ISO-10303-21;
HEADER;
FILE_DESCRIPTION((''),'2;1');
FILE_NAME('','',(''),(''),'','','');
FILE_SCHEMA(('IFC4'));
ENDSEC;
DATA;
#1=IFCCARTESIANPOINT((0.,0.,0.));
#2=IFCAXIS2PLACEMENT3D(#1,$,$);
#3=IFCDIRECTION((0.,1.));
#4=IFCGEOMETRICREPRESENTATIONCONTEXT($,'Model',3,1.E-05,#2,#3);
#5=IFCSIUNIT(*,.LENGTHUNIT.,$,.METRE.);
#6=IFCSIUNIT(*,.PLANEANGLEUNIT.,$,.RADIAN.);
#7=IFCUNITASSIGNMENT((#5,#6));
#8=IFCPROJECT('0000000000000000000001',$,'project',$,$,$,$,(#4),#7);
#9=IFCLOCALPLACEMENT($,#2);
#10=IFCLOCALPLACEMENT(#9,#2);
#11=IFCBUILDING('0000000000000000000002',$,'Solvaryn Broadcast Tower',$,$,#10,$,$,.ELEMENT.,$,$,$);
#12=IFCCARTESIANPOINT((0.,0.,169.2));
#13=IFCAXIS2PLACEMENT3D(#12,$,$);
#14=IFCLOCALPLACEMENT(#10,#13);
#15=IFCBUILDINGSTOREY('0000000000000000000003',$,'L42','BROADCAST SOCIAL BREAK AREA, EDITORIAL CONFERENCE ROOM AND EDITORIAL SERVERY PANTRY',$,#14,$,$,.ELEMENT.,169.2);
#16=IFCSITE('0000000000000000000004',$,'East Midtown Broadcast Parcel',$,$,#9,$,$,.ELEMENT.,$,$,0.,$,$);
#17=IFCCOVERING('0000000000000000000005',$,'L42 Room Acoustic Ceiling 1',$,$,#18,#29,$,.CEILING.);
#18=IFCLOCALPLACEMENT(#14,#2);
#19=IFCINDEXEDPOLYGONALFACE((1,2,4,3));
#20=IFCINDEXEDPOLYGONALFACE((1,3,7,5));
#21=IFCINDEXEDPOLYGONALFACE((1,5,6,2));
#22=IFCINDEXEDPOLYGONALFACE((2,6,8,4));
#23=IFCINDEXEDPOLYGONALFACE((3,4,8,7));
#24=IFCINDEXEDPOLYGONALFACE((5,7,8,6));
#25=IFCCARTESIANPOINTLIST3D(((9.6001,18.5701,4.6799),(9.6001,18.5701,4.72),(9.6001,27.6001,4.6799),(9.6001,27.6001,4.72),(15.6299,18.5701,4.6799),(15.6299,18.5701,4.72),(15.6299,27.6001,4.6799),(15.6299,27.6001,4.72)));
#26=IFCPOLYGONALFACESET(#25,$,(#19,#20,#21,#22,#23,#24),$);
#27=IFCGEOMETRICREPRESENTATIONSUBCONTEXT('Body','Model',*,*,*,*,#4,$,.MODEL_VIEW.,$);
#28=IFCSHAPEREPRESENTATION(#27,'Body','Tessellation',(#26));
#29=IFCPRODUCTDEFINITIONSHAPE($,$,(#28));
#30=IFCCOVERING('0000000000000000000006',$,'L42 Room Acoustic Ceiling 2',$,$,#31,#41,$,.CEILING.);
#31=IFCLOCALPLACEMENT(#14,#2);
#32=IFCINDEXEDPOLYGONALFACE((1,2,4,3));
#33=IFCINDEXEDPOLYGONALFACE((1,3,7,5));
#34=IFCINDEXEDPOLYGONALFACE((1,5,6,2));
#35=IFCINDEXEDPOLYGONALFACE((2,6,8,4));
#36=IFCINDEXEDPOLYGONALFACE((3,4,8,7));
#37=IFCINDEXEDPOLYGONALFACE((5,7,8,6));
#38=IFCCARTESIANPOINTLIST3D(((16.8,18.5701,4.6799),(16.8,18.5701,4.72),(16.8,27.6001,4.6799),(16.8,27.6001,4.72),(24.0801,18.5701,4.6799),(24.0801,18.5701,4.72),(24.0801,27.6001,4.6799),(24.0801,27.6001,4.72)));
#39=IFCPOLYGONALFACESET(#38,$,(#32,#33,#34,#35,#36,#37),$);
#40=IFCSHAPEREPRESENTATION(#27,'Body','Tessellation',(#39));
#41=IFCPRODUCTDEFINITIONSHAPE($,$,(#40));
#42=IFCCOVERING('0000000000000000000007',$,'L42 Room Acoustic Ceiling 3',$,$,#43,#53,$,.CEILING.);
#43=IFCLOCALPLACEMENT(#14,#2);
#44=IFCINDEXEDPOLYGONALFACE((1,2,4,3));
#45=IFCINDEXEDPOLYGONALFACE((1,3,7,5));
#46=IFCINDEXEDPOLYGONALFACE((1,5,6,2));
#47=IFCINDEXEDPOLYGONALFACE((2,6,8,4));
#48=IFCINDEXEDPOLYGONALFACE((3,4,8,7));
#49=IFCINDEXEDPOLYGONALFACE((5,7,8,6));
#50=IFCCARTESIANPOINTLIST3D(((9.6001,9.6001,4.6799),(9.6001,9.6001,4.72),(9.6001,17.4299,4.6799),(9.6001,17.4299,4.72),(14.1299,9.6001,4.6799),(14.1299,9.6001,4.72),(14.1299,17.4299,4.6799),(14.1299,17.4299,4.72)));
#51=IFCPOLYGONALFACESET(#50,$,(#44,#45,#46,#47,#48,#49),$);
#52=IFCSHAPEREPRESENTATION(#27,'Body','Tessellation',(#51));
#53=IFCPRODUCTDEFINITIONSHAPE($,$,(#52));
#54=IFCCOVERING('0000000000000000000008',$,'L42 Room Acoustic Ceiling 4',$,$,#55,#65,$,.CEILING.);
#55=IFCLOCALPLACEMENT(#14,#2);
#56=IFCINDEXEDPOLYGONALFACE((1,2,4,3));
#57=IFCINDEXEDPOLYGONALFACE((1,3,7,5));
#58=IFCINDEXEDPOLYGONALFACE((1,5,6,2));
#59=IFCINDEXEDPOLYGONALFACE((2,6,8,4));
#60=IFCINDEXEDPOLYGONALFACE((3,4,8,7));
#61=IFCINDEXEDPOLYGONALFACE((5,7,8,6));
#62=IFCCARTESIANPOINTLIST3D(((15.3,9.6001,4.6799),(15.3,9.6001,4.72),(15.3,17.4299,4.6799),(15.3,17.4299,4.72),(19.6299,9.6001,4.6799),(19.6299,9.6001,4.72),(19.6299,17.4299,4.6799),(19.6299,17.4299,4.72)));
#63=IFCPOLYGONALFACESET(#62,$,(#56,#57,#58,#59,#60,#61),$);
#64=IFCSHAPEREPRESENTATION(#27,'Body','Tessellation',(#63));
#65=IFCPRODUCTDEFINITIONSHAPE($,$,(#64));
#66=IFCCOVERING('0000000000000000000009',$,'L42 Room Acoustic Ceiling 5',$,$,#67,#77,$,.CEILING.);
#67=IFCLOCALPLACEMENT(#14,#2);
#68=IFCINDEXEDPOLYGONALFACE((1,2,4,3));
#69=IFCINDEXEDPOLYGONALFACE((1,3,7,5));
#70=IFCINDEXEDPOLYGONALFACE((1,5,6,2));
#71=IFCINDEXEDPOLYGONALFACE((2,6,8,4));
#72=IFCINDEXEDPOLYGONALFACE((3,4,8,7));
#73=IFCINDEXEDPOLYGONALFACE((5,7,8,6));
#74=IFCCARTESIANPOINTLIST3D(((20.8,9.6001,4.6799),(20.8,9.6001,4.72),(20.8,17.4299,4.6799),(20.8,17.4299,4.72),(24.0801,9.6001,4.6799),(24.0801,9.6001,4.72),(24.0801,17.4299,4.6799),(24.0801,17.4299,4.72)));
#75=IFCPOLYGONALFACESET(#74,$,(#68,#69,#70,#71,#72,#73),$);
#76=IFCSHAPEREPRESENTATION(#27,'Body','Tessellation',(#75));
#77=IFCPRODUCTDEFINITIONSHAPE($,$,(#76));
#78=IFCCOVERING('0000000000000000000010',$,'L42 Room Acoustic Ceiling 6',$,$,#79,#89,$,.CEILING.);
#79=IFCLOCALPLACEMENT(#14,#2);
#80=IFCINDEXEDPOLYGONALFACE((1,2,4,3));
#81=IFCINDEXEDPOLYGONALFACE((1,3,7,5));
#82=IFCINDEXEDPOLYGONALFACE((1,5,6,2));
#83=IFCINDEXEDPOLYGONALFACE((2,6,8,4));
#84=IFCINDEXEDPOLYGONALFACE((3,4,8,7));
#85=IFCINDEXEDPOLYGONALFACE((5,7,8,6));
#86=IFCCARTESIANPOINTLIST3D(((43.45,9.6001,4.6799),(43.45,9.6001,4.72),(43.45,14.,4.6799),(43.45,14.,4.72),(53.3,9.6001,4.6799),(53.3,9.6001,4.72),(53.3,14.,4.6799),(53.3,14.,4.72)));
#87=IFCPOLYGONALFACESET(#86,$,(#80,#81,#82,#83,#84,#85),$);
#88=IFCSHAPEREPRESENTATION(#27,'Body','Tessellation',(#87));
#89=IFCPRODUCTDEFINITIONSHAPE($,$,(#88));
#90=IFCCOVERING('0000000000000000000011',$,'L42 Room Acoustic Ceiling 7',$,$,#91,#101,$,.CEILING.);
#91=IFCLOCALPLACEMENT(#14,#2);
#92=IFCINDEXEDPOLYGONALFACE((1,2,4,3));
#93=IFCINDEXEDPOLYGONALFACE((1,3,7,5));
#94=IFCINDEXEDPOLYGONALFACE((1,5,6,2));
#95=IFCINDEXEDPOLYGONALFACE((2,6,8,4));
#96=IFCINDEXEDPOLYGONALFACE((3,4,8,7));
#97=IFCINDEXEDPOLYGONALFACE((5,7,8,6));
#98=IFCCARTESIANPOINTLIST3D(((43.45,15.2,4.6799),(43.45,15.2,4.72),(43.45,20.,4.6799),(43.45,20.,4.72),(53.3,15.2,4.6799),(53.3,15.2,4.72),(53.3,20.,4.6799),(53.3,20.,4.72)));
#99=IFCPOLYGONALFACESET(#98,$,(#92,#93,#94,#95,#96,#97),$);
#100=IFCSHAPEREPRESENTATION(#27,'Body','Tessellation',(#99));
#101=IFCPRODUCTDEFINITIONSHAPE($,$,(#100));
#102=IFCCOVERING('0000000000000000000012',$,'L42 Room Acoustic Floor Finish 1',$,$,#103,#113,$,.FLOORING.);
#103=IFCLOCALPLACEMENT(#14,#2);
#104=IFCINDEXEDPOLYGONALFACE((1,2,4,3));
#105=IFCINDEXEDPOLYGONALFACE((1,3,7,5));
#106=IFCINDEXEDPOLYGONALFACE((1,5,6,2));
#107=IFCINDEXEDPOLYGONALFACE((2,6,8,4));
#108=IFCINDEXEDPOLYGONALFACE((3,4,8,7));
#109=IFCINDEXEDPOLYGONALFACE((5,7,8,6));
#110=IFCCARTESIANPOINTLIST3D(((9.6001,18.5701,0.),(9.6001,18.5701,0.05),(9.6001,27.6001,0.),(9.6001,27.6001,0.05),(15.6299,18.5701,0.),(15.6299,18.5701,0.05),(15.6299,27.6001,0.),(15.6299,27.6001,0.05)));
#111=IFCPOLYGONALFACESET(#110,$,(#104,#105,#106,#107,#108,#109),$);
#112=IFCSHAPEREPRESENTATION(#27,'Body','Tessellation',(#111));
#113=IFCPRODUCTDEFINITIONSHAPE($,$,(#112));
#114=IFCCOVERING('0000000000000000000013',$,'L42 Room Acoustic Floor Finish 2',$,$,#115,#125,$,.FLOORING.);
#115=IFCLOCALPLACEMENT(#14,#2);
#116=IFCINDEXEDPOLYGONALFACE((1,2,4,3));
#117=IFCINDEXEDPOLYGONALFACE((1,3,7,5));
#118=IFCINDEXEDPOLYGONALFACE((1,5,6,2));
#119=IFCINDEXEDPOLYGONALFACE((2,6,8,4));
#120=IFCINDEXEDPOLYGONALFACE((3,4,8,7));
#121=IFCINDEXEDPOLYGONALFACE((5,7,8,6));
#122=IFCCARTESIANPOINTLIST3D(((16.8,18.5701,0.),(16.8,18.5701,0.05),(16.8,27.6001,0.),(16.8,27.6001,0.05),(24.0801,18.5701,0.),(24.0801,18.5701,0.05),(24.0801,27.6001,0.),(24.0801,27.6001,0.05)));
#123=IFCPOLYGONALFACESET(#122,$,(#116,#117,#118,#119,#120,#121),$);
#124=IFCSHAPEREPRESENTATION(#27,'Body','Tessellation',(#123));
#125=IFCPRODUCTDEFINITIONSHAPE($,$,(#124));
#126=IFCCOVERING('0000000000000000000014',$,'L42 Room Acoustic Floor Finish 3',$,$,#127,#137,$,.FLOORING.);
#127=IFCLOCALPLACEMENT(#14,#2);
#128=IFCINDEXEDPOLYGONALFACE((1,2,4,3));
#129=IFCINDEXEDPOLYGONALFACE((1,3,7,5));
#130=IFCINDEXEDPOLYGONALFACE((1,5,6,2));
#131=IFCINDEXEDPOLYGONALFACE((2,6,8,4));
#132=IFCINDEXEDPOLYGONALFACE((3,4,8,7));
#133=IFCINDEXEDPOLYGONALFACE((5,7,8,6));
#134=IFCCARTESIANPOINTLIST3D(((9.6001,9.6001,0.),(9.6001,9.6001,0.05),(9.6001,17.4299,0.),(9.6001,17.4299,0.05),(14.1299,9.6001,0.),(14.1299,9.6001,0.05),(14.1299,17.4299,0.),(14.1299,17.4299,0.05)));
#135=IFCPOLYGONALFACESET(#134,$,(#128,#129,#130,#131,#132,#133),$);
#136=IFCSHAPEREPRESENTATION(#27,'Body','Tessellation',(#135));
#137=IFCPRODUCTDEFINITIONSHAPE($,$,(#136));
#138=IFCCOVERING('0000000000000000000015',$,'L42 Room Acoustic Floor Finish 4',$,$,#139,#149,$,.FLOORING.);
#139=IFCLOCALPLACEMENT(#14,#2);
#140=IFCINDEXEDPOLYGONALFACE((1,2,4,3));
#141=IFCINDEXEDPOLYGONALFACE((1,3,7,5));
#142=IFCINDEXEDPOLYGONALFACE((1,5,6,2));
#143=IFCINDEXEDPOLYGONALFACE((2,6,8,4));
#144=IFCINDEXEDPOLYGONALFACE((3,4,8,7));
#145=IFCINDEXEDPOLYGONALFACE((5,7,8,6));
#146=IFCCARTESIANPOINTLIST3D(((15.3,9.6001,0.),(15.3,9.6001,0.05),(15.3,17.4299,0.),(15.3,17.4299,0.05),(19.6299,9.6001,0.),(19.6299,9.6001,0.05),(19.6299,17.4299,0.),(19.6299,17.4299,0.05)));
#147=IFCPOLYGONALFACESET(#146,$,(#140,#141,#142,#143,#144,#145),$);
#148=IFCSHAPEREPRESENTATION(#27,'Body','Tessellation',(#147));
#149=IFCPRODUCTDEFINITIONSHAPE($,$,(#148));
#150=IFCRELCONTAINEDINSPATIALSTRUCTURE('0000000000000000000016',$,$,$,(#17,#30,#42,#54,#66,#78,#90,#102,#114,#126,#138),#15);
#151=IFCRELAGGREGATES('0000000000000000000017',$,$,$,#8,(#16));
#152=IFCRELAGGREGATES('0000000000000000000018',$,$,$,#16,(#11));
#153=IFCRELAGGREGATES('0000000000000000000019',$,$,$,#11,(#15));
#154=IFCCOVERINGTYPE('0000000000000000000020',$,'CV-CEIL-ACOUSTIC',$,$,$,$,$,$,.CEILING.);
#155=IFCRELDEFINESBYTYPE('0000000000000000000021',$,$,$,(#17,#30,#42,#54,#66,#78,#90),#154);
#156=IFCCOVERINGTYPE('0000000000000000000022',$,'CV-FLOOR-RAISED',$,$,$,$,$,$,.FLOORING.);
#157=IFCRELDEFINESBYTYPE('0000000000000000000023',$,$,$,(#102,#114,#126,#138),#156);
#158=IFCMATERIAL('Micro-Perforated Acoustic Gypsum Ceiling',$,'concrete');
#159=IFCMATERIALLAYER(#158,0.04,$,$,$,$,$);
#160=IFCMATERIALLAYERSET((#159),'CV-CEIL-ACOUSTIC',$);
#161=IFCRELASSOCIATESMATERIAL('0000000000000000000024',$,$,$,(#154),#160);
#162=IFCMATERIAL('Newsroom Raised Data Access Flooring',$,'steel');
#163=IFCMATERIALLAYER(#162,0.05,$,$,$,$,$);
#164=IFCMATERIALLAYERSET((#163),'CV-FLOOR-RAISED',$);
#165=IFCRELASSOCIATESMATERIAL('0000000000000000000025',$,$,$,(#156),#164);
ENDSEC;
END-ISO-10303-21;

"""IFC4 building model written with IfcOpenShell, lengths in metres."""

from ifc_helpers import new_model, si_unit, direction, frame, origin, place, context, subcontext, project, spatial, polyline, outline, extrude, material, layer, layer_set, type_object, element, save


model = new_model("IFC4")

# Units and contexts
model_context = context("Model", 3, precision=1e-05, world=origin(), true_north=direction((0.0, 1.0)))
body_context = subcontext(model_context, "Body", "Model", "MODEL_VIEW")
ifc_project = project(units=[si_unit("LENGTHUNIT", "METRE"), si_unit("PLANEANGLEUNIT", "RADIAN")], contexts=[model_context])

# Site, building, storey
site_placement = place(None, origin())
site = spatial("IfcSite", under=ifc_project, at=site_placement, Name="East Midtown Broadcast Parcel", CompositionType="ELEMENT", RefElevation=0.0)
building_placement = place(site_placement, origin())
building = spatial("IfcBuilding", under=site, at=building_placement, Name="Solvaryn Broadcast Tower", CompositionType="ELEMENT")
storey_placement = place(building_placement, frame((0.0, 0.0, 169.2)))
storey = spatial("IfcBuildingStorey", under=building, at=storey_placement, Name="L42", Description="BROADCAST SOCIAL BREAK AREA, EDITORIAL CONFERENCE ROOM AND EDITORIAL SERVERY PANTRY", CompositionType="ELEMENT", Elevation=169.2)

# Coverings
ifc_material_1 = material(Name="Micro-Perforated Acoustic Gypsum Ceiling", Category="concrete")
ifc_layer_1 = layer(ifc_material_1, 0.04)
ifc_layer_set_1 = layer_set([ifc_layer_1], Name="CV-CEIL-ACOUSTIC")
covering_type_1 = type_object("IfcCoveringType", Name="CV-CEIL-ACOUSTIC", PredefinedType="CEILING", material=ifc_layer_set_1)
covering_1_placement = place(storey_placement, frame((0.0, 0.0, 4.6799)))
element("IfcCovering", 1, at=covering_1_placement, inside=storey, type_object=covering_type_1, Name="L42 Room Acoustic Ceiling 1", PredefinedType="CEILING", context=body_context, shape_type="SweptSolid", body=[
    extrude(outline(polyline([(9.6001, 18.5701), (15.6299, 18.5701), (15.6299, 27.6001), (9.6001, 27.6001), (9.6001, 18.5701)])), origin(), (0.0, 0.0, 1.0), 0.04),
])
covering_2_placement = place(storey_placement, frame((0.0, 0.0, 4.6799)))
element("IfcCovering", 2, at=covering_2_placement, inside=storey, type_object=covering_type_1, Name="L42 Room Acoustic Ceiling 2", PredefinedType="CEILING", context=body_context, shape_type="SweptSolid", body=[
    extrude(outline(polyline([(16.8, 18.5701), (24.0801, 18.5701), (24.0801, 27.6001), (16.8, 27.6001), (16.8, 18.5701)])), origin(), (0.0, 0.0, 1.0), 0.04),
])
covering_3_placement = place(storey_placement, frame((0.0, 0.0, 4.6799)))
element("IfcCovering", 3, at=covering_3_placement, inside=storey, type_object=covering_type_1, Name="L42 Room Acoustic Ceiling 3", PredefinedType="CEILING", context=body_context, shape_type="SweptSolid", body=[
    extrude(outline(polyline([(9.6001, 9.6001), (14.1299, 9.6001), (14.1299, 17.4299), (9.6001, 17.4299), (9.6001, 9.6001)])), origin(), (0.0, 0.0, 1.0), 0.04),
])
covering_4_placement = place(storey_placement, frame((0.0, 0.0, 4.6799)))
element("IfcCovering", 4, at=covering_4_placement, inside=storey, type_object=covering_type_1, Name="L42 Room Acoustic Ceiling 4", PredefinedType="CEILING", context=body_context, shape_type="SweptSolid", body=[
    extrude(outline(polyline([(15.3, 9.6001), (19.6299, 9.6001), (19.6299, 17.4299), (15.3, 17.4299), (15.3, 9.6001)])), origin(), (0.0, 0.0, 1.0), 0.04),
])
covering_5_placement = place(storey_placement, frame((0.0, 0.0, 4.6799)))
element("IfcCovering", 5, at=covering_5_placement, inside=storey, type_object=covering_type_1, Name="L42 Room Acoustic Ceiling 5", PredefinedType="CEILING", context=body_context, shape_type="SweptSolid", body=[
    extrude(outline(polyline([(20.8, 9.6001), (24.0801, 9.6001), (24.0801, 17.4299), (20.8, 17.4299), (20.8, 9.6001)])), origin(), (0.0, 0.0, 1.0), 0.04),
])
covering_6_placement = place(storey_placement, frame((0.0, 0.0, 4.6799)))
element("IfcCovering", 6, at=covering_6_placement, inside=storey, type_object=covering_type_1, Name="L42 Room Acoustic Ceiling 6", PredefinedType="CEILING", context=body_context, shape_type="SweptSolid", body=[
    extrude(outline(polyline([(43.45, 9.6001), (53.3, 9.6001), (53.3, 14.0), (43.45, 14.0), (43.45, 9.6001)])), origin(), (0.0, 0.0, 1.0), 0.04),
])
covering_7_placement = place(storey_placement, frame((0.0, 0.0, 4.6799)))
element("IfcCovering", 7, at=covering_7_placement, inside=storey, type_object=covering_type_1, Name="L42 Room Acoustic Ceiling 7", PredefinedType="CEILING", context=body_context, shape_type="SweptSolid", body=[
    extrude(outline(polyline([(43.45, 15.2), (53.3, 15.2), (53.3, 20.0), (43.45, 20.0), (43.45, 15.2)])), origin(), (0.0, 0.0, 1.0), 0.04),
])
ifc_material_2 = material(Name="Newsroom Raised Data Access Flooring", Category="steel")
ifc_layer_2 = layer(ifc_material_2, 0.05)
ifc_layer_set_2 = layer_set([ifc_layer_2], Name="CV-FLOOR-RAISED")
covering_type_2 = type_object("IfcCoveringType", Name="CV-FLOOR-RAISED", PredefinedType="FLOORING", material=ifc_layer_set_2)
covering_8_placement = place(storey_placement, origin())
element("IfcCovering", 8, at=covering_8_placement, inside=storey, type_object=covering_type_2, Name="L42 Room Acoustic Floor Finish 1", PredefinedType="FLOORING", context=body_context, shape_type="SweptSolid", body=[
    extrude(outline(polyline([(9.6001, 18.5701), (15.6299, 18.5701), (15.6299, 27.6001), (9.6001, 27.6001), (9.6001, 18.5701)])), origin(), (0.0, 0.0, 1.0), 0.05),
])
covering_9_placement = place(storey_placement, origin())
element("IfcCovering", 9, at=covering_9_placement, inside=storey, type_object=covering_type_2, Name="L42 Room Acoustic Floor Finish 2", PredefinedType="FLOORING", context=body_context, shape_type="SweptSolid", body=[
    extrude(outline(polyline([(16.8, 18.5701), (24.0801, 18.5701), (24.0801, 27.6001), (16.8, 27.6001), (16.8, 18.5701)])), origin(), (0.0, 0.0, 1.0), 0.05),
])
covering_10_placement = place(storey_placement, origin())
element("IfcCovering", 10, at=covering_10_placement, inside=storey, type_object=covering_type_2, Name="L42 Room Acoustic Floor Finish 3", PredefinedType="FLOORING", context=body_context, shape_type="SweptSolid", body=[
    extrude(outline(polyline([(9.6001, 9.6001), (14.1299, 9.6001), (14.1299, 17.4299), (9.6001, 17.4299), (9.6001, 9.6001)])), origin(), (0.0, 0.0, 1.0), 0.05),
])
covering_11_placement = place(storey_placement, origin())
element("IfcCovering", 11, at=covering_11_placement, inside=storey, type_object=covering_type_2, Name="L42 Room Acoustic Floor Finish 4", PredefinedType="FLOORING", context=body_context, shape_type="SweptSolid", body=[
    extrude(outline(polyline([(15.3, 9.6001), (19.6299, 9.6001), (19.6299, 17.4299), (15.3, 17.4299), (15.3, 9.6001)])), origin(), (0.0, 0.0, 1.0), 0.05),
])

save(model, "model.ifc")
